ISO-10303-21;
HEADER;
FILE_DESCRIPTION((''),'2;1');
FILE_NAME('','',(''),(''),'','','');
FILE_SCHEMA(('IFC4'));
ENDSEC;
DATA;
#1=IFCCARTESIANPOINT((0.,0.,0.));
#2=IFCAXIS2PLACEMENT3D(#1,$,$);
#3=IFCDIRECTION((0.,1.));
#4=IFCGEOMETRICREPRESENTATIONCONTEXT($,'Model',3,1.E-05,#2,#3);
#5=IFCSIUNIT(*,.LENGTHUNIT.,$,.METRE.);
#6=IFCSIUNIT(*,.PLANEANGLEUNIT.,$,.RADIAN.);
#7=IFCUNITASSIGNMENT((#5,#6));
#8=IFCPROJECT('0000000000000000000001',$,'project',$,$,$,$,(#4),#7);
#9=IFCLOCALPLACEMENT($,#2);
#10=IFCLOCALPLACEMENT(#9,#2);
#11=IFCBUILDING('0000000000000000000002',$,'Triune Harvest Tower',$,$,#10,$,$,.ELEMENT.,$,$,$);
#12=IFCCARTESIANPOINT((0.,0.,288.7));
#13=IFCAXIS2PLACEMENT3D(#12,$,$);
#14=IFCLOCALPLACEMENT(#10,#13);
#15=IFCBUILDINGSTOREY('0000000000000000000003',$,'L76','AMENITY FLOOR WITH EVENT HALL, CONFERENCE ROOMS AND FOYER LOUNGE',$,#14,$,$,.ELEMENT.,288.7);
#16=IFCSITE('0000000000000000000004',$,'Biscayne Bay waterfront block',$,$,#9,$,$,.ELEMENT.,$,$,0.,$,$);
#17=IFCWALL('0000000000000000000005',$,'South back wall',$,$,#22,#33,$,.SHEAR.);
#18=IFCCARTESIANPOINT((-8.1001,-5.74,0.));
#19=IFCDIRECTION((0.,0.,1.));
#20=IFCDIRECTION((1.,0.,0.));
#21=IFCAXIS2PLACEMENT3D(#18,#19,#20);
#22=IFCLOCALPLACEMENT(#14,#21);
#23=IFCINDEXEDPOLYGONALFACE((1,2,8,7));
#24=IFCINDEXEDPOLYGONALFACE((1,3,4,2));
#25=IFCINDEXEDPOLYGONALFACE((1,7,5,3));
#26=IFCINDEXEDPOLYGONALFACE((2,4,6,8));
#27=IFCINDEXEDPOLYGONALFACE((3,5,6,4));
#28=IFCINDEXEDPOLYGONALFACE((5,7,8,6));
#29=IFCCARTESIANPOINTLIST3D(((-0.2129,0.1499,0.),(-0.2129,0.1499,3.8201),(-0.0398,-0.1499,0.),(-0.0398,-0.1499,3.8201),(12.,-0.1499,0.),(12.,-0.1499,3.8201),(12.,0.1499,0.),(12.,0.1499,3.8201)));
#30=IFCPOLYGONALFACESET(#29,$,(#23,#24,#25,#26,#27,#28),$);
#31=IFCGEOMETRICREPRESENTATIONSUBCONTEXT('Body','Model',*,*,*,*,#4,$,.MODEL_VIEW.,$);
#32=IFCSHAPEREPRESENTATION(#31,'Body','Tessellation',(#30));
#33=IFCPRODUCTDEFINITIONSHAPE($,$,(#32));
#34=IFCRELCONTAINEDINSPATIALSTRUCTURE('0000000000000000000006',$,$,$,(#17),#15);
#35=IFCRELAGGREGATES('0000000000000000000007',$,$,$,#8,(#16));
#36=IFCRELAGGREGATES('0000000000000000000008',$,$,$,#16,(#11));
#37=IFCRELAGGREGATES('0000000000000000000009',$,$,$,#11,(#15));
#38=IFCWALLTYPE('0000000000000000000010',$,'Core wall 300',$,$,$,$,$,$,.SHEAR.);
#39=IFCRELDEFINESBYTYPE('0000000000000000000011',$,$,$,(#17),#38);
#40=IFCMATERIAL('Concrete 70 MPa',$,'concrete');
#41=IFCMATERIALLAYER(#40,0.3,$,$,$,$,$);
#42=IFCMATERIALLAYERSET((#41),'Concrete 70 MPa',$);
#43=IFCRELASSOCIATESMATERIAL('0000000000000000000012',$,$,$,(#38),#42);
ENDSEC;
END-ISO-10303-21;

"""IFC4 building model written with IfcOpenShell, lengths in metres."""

from ifc_helpers import new_model, si_unit, direction, frame, origin, place, context, subcontext, project, spatial, polyline, outline, extrude, source, transform, mapped, material, layer, layer_set, type_object, element, save


model = new_model("IFC4")

# Units and contexts
model_context = context("Model", 3, precision=1e-05, world=origin(), true_north=direction((0.0, 1.0)))
body_context = subcontext(model_context, "Body", "Model", "MODEL_VIEW")
ifc_project = project(units=[si_unit("LENGTHUNIT", "METRE"), si_unit("PLANEANGLEUNIT", "RADIAN")], contexts=[model_context])

# Site, building, storey
site_placement = place(None, origin())
site = spatial("IfcSite", under=ifc_project, at=site_placement, Name="Biscayne Bay waterfront block", CompositionType="ELEMENT", RefElevation=0.0)
building_placement = place(site_placement, origin())
building = spatial("IfcBuilding", under=site, at=building_placement, Name="Triune Harvest Tower", CompositionType="ELEMENT")
storey_placement = place(building_placement, frame((0.0, 0.0, 288.7)))
storey = spatial("IfcBuildingStorey", under=building, at=storey_placement, Name="L76", Description="AMENITY FLOOR WITH EVENT HALL, CONFERENCE ROOMS AND FOYER LOUNGE", CompositionType="ELEMENT", Elevation=288.7)

# Shared definitions
ifc_material_1 = material(Name="Concrete 70 MPa", Category="concrete")
ifc_layer_1 = layer(ifc_material_1, 0.3)
ifc_layer_set_1 = layer_set([ifc_layer_1], Name="Concrete 70 MPa")
wall_type_1 = type_object("IfcWallType", Name="Core wall 300", PredefinedType="SHEAR", material=ifc_layer_set_1)

# Wall
shared_shape_1 = source(origin(), body_context, "Body", "SweptSolid", [
    extrude(outline(polyline([(12.0, -0.1499), (-0.0398, -0.1499), (-0.2129, 0.1499), (12.0, 0.1499), (12.0, -0.1499)])), origin(), (0.0, 0.0, 1.0), 3.8201),
])
wall_1_placement = place(storey_placement, frame((-8.1001, -5.74, 0.0), z_axis=(0.0, 0.0, 1.0), x_axis=(1.0, 0.0, 0.0)))
element("IfcWall", 1, at=wall_1_placement, inside=storey, type_object=wall_type_1, Name="South back wall", PredefinedType="SHEAR", context=body_context, shape_type="MappedRepresentation", body=[
    mapped(shared_shape_1, transform((0.0, 0.0, 0.0), scale=1.0)),
])

save(model, "model.ifc")
